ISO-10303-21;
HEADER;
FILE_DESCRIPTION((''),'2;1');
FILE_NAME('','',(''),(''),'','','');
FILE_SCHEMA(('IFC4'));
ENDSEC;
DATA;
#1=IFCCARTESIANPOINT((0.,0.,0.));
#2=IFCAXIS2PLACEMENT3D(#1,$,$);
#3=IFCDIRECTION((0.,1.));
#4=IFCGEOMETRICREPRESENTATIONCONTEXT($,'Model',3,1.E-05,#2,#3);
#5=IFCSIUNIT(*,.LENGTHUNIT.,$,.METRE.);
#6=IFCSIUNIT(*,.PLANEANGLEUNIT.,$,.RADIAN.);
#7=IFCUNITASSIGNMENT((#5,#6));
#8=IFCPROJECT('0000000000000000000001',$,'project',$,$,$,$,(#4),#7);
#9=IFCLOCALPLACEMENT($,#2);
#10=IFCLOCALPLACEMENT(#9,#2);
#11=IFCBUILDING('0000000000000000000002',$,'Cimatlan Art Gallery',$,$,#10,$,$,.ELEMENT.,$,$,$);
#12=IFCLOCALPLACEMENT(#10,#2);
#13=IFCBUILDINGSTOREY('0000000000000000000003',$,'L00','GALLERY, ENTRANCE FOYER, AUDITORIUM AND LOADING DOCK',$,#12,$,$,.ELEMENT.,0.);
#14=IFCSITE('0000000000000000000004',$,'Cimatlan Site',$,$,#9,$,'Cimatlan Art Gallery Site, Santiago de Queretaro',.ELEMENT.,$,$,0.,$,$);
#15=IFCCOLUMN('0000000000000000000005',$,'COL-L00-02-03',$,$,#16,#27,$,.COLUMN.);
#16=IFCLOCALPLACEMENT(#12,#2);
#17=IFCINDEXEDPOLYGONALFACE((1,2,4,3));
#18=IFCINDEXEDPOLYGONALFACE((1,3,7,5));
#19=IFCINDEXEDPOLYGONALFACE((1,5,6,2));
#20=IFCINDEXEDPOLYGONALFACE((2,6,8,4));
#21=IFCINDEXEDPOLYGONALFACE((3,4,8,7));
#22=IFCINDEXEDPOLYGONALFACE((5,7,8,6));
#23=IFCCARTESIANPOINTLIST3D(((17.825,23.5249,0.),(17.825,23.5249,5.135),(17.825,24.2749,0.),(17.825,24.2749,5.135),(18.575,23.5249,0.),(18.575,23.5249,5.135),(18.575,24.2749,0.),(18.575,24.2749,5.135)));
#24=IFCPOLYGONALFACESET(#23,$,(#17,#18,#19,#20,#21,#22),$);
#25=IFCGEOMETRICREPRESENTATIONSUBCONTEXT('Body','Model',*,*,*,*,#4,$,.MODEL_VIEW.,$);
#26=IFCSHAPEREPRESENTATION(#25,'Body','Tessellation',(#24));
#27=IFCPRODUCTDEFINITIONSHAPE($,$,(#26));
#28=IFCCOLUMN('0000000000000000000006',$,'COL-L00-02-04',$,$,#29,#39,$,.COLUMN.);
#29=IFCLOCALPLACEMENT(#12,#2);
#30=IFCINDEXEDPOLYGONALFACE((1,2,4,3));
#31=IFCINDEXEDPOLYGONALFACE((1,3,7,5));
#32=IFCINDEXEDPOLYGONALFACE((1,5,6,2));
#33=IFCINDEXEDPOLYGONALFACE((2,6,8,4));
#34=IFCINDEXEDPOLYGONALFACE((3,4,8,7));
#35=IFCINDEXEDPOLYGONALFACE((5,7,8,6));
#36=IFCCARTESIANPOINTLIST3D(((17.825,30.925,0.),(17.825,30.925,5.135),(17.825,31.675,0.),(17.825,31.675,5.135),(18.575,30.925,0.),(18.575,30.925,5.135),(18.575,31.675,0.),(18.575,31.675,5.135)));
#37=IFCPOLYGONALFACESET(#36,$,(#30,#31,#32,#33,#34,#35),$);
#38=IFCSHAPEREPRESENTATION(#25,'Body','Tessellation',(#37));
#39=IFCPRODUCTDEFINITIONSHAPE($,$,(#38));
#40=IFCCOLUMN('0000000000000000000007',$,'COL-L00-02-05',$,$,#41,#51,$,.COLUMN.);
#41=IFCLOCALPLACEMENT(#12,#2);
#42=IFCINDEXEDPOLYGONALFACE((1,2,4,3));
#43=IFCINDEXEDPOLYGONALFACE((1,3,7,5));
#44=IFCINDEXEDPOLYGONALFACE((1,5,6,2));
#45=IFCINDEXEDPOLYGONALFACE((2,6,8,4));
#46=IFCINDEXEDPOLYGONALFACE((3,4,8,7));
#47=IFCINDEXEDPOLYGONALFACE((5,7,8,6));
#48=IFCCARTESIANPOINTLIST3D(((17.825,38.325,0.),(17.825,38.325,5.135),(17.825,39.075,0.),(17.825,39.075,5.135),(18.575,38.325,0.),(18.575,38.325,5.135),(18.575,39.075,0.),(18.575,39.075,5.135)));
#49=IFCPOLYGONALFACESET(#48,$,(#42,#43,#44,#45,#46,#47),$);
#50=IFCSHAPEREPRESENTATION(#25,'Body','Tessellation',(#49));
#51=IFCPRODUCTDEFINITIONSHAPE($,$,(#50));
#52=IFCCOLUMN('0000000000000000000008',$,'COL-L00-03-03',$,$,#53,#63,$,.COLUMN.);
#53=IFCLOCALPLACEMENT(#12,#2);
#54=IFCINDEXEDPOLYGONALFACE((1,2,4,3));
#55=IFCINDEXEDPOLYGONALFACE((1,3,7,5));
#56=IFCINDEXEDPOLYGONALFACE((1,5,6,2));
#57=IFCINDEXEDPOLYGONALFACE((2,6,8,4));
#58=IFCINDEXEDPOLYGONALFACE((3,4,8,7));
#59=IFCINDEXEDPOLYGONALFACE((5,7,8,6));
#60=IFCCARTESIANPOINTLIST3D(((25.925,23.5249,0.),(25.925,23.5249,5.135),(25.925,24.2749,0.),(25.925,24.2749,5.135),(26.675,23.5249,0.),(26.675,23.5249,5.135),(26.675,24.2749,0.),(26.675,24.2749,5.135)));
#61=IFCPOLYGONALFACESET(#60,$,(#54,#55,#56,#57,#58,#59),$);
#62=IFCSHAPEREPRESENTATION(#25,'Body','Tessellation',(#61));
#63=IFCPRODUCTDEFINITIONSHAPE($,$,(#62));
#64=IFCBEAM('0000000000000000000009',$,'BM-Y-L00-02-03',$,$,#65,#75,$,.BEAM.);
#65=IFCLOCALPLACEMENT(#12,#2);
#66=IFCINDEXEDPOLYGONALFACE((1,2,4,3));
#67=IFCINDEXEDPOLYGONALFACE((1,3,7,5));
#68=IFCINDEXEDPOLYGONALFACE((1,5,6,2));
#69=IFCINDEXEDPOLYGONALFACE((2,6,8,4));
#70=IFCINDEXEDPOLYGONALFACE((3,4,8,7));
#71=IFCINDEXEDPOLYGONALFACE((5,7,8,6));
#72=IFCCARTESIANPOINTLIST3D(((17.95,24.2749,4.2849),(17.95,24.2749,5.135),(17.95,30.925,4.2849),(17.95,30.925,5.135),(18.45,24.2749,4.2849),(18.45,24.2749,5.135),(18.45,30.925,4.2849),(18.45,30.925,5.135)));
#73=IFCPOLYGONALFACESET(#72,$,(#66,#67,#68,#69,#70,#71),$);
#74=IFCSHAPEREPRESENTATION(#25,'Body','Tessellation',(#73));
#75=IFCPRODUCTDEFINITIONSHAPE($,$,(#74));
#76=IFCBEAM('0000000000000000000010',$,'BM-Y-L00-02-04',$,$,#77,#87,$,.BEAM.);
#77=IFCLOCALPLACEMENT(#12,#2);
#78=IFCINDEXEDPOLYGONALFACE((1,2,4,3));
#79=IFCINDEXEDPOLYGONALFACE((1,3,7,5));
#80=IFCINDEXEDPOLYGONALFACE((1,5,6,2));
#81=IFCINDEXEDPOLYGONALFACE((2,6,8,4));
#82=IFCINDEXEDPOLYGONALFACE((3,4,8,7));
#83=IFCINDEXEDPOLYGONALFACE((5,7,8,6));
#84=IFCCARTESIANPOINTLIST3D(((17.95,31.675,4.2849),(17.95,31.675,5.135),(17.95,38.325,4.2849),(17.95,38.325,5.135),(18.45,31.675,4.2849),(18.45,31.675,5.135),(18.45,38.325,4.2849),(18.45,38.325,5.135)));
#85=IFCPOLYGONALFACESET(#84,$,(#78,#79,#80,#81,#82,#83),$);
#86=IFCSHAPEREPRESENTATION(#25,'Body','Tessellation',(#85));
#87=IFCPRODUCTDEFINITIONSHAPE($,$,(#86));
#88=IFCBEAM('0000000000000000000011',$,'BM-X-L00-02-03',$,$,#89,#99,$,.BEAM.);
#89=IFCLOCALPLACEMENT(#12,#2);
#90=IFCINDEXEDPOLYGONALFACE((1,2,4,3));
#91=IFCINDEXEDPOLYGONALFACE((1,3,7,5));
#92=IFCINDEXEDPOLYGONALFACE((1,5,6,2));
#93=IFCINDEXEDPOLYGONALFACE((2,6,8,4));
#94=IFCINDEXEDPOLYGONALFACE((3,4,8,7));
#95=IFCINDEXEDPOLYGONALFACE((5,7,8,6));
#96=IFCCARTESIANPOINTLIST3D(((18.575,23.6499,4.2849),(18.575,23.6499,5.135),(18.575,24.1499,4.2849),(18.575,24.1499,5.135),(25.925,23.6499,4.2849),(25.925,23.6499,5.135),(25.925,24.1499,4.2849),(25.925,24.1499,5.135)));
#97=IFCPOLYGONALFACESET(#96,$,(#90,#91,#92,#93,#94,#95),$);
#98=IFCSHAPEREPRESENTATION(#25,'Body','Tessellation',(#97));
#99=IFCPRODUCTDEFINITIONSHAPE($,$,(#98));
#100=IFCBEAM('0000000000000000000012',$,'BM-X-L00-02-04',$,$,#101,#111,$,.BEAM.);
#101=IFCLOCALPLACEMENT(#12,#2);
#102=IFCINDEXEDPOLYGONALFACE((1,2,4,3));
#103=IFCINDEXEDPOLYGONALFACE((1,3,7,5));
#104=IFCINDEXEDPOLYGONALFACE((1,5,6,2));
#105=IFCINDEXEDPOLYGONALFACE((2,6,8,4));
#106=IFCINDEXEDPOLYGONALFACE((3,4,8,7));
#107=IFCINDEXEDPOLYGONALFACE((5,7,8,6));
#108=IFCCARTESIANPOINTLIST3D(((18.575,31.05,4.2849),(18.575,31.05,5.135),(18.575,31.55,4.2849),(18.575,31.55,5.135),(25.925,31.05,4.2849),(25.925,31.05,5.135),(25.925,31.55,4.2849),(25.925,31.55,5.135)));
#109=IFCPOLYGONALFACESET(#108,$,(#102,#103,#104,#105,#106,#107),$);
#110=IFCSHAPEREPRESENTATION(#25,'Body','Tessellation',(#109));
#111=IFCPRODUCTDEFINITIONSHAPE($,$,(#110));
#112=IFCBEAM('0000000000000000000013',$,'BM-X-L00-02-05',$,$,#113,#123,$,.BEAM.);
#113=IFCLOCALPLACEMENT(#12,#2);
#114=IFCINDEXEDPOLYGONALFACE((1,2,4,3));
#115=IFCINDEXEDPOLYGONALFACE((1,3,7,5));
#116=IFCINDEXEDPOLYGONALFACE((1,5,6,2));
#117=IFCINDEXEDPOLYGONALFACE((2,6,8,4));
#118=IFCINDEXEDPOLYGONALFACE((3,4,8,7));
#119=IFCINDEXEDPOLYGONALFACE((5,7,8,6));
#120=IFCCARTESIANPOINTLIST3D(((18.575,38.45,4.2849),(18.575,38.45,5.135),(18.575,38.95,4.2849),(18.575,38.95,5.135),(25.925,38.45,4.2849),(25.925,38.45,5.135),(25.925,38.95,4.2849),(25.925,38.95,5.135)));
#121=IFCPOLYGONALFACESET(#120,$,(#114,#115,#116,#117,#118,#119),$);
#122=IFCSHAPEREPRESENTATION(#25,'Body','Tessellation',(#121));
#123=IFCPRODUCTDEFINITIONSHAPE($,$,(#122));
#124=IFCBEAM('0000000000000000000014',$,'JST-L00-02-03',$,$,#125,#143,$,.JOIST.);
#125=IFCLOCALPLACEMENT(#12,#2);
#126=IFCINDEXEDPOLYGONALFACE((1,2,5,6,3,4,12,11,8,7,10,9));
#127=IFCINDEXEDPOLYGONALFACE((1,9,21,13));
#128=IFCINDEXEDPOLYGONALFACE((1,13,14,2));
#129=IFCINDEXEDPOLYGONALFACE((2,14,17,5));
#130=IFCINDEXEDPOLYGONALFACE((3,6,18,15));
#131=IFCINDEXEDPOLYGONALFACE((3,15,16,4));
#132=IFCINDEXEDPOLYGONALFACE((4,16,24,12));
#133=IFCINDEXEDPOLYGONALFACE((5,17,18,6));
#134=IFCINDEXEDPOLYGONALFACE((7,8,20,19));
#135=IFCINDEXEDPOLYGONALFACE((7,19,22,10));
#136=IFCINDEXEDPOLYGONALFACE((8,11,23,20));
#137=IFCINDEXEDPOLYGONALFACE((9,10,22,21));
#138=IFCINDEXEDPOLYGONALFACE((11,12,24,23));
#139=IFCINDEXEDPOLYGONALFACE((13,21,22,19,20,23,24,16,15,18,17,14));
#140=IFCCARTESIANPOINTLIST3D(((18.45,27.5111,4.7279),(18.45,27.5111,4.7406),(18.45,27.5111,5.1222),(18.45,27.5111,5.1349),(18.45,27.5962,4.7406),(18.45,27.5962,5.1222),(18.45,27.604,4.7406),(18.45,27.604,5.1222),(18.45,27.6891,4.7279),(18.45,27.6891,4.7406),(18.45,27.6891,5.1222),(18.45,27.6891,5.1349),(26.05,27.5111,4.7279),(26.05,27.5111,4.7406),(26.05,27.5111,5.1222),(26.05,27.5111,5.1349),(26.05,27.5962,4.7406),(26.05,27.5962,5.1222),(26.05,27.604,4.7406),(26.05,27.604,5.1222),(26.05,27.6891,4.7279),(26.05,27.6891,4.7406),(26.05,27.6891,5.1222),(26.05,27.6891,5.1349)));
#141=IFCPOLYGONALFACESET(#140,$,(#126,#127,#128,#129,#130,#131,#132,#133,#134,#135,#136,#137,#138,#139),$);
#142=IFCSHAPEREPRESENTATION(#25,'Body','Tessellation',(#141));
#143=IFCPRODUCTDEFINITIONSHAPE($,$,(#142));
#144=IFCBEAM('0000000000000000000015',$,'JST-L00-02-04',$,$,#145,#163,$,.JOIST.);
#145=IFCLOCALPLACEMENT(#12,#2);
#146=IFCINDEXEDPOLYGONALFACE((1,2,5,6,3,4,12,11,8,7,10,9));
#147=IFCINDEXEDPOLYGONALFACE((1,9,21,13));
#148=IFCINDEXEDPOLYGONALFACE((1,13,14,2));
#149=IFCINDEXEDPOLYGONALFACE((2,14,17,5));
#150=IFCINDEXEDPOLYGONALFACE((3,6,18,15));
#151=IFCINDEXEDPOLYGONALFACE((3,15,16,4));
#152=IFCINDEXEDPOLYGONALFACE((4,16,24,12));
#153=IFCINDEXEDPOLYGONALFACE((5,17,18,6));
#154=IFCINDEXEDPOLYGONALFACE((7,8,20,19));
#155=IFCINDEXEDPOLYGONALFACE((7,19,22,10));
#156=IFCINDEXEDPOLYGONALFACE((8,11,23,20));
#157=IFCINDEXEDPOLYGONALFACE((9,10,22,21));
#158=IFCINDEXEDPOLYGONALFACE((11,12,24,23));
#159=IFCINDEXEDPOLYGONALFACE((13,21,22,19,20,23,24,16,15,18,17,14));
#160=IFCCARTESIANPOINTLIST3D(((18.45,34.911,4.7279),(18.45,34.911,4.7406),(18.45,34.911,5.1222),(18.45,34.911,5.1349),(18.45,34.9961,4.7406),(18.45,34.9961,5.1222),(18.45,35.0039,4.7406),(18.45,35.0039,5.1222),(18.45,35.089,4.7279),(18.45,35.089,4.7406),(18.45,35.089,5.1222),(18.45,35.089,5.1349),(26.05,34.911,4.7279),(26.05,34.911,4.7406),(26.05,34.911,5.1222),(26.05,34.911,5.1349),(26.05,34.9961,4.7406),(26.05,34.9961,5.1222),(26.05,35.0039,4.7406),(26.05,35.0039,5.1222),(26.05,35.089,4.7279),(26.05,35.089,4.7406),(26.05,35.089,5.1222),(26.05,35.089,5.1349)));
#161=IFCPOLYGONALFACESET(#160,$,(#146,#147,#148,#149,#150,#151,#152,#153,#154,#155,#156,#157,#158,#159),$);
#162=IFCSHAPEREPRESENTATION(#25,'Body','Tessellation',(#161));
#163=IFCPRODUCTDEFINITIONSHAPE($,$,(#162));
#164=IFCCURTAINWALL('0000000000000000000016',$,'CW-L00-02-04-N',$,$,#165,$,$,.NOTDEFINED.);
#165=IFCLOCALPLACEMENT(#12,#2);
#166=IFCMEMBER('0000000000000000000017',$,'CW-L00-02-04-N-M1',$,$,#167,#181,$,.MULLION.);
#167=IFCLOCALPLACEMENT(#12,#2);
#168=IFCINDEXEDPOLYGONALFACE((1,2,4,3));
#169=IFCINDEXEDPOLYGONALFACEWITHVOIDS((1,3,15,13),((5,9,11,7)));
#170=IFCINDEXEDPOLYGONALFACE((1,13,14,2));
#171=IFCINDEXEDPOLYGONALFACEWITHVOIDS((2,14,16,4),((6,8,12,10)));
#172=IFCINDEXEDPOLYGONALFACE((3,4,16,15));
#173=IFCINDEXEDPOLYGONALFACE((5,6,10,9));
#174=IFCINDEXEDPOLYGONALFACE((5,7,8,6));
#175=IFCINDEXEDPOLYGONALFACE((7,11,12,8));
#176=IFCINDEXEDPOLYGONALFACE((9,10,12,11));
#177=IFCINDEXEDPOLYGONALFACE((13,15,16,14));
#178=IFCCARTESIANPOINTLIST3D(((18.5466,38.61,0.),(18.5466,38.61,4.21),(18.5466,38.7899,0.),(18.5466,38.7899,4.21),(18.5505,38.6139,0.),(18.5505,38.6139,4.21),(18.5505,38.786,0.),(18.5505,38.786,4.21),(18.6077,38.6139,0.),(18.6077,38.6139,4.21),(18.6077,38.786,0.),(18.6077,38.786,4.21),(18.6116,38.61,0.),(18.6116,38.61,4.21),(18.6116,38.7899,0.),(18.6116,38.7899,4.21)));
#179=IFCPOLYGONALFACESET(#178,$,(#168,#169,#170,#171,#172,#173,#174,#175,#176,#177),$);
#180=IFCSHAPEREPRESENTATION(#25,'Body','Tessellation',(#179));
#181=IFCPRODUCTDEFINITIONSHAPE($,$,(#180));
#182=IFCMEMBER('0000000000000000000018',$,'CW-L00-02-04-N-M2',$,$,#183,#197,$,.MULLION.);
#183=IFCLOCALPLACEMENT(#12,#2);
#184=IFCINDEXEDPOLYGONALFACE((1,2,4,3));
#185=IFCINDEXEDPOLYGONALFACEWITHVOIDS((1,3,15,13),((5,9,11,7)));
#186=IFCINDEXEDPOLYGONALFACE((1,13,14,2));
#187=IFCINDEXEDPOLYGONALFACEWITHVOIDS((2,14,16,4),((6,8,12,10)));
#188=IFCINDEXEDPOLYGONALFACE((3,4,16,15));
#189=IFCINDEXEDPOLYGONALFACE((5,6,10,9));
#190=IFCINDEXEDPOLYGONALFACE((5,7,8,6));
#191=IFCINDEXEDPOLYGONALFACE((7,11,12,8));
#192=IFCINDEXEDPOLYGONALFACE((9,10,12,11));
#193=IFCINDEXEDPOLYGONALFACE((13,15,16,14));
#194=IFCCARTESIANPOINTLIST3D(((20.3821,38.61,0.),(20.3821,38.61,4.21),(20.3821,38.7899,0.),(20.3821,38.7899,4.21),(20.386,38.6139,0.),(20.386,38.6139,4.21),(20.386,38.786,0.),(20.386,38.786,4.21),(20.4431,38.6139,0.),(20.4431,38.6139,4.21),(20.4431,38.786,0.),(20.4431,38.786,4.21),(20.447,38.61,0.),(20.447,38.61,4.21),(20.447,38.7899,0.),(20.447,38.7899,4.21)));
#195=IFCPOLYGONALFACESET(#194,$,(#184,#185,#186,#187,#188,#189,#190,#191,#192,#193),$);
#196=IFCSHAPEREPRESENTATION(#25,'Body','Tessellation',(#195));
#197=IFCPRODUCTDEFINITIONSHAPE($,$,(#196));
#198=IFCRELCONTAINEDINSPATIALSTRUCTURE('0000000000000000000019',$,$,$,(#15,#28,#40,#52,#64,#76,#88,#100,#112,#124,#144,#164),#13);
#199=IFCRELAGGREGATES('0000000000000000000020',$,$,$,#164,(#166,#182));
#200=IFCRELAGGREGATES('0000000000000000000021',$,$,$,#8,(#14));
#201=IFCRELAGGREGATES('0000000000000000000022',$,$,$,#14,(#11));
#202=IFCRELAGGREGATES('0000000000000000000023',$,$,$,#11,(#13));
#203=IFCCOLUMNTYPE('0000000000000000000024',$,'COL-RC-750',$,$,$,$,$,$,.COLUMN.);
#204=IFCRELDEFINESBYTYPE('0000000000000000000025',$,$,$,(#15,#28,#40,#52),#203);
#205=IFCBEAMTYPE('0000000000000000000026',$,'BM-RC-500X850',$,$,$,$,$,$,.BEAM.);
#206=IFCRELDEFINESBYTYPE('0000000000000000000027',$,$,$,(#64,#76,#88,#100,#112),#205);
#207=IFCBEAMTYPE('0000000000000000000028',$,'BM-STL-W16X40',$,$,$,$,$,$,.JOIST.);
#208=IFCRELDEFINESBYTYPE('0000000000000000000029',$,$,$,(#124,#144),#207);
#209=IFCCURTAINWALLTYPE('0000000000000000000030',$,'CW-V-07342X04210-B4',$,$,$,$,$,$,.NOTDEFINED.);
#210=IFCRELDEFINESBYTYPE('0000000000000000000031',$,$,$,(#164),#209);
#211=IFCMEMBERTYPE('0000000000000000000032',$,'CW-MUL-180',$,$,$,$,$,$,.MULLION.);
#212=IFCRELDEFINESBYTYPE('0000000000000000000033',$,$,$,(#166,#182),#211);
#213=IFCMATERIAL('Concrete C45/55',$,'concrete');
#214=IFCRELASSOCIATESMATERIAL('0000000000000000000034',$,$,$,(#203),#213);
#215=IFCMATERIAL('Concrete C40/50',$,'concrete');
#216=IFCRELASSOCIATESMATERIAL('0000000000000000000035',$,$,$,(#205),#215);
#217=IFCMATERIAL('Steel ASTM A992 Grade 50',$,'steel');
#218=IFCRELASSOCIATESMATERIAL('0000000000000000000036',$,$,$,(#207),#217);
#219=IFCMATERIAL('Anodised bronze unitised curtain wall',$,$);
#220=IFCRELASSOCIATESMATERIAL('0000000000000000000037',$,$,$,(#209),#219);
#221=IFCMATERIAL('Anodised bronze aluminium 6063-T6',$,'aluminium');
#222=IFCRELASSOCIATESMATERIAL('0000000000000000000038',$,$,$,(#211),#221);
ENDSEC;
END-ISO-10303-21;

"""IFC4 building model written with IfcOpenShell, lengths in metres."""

from ifc_helpers import new_model, si_unit, direction, frame, origin, origin_2d, place, context, subcontext, project, spatial, rectangle, hollow_rectangle, i_section, extrude, material, material_profile, profile_set, type_object, element, aggregate, save


model = new_model("IFC4")

# Units and contexts
model_context = context("Model", 3, precision=1e-05, world=origin(), true_north=direction((0.0, 1.0)))
body_context = subcontext(model_context, "Body", "Model", "MODEL_VIEW")
ifc_project = project(units=[si_unit("LENGTHUNIT", "METRE"), si_unit("PLANEANGLEUNIT", "RADIAN")], contexts=[model_context])

# Site, building, storey
site_placement = place(None, origin())
site = spatial("IfcSite", under=ifc_project, at=site_placement, Name="Cimatlan Site", LongName="Cimatlan Art Gallery Site, Santiago de Queretaro", CompositionType="ELEMENT", RefElevation=0.0)
building_placement = place(site_placement, origin())
building = spatial("IfcBuilding", under=site, at=building_placement, Name="Cimatlan Art Gallery", CompositionType="ELEMENT")
storey_placement = place(building_placement, origin())
storey = spatial("IfcBuildingStorey", under=building, at=storey_placement, Name="L00", Description="GALLERY, ENTRANCE FOYER, AUDITORIUM AND LOADING DOCK", CompositionType="ELEMENT", Elevation=0.0)

# Columns
ifc_material_1 = material(Name="Concrete C45/55", Category="concrete")
ifc_material_profile_1 = material_profile(ifc_material_1, rectangle(XDim=0.75, YDim=0.75, at=origin_2d()), Name="RC750X750")
ifc_profile_set_1 = profile_set([ifc_material_profile_1], Name="Concrete C45/55")
column_type = type_object("IfcColumnType", Name="COL-RC-750", PredefinedType="COLUMN", material=ifc_profile_set_1)
for number, where, z_axis, x_axis, name in (
    (1, (18.2, 23.8999, 0.0), (0.0, 0.0, 1.0), (1.0, 0.0, 0.0), "COL-L00-02-03"),
    (2, (18.2, 31.3, 0.0), (0.0, 0.0, 1.0), (1.0, 0.0, 0.0), "COL-L00-02-04"),
    (3, (18.2, 38.7, 0.0), (0.0, 0.0, 1.0), (1.0, 0.0, 0.0), "COL-L00-02-05"),
    (4, (26.3, 23.8999, 0.0), (0.0, 0.0, 1.0), (1.0, 0.0, 0.0), "COL-L00-03-03"),
):
    element("IfcColumn", number, at=place(storey_placement, frame(where, z_axis=z_axis, x_axis=x_axis)), inside=storey, type_object=column_type, Name=name, PredefinedType="COLUMN", context=body_context, shape_type="SweptSolid", body=[
        extrude(rectangle(XDim=0.75, YDim=0.75, at=origin_2d()), origin(), (0.0, 0.0, 1.0), 5.135),
    ])

# Beams
ifc_material_2 = material(Name="Concrete C40/50", Category="concrete")
ifc_material_profile_2 = material_profile(ifc_material_2, rectangle(XDim=0.5, YDim=0.8501, at=origin_2d()), Name="RC500X850")
ifc_profile_set_2 = profile_set([ifc_material_profile_2], Name="Concrete C40/50")
beam_type_1 = type_object("IfcBeamType", Name="BM-RC-500X850", PredefinedType="BEAM", material=ifc_profile_set_2)
beam_1_placement = place(storey_placement, frame((18.2, 24.2749, 4.71), z_axis=(0.0, 1.0, 0.0), x_axis=(-1.0, 0.0, 0.0)))
element("IfcBeam", 5, at=beam_1_placement, inside=storey, type_object=beam_type_1, Name="BM-Y-L00-02-03", PredefinedType="BEAM", context=body_context, shape_type="SweptSolid", body=[
    extrude(rectangle(XDim=0.5, YDim=0.8501, at=origin_2d()), origin(), (0.0, 0.0, 1.0), 6.6501),
])
beam_2_placement = place(storey_placement, frame((18.2, 31.675, 4.71), z_axis=(0.0, 1.0, 0.0), x_axis=(-1.0, 0.0, 0.0)))
element("IfcBeam", 6, at=beam_2_placement, inside=storey, type_object=beam_type_1, Name="BM-Y-L00-02-04", PredefinedType="BEAM", context=body_context, shape_type="SweptSolid", body=[
    extrude(rectangle(XDim=0.5, YDim=0.8501, at=origin_2d()), origin(), (0.0, 0.0, 1.0), 6.6499),
])
for number, where, z_axis, x_axis, name in (
    (7, (18.575, 23.8999, 4.71), (1.0, 0.0, 0.0), (0.0, 1.0, 0.0), "BM-X-L00-02-03"),
    (8, (18.575, 31.3, 4.71), (1.0, 0.0, 0.0), (0.0, 1.0, 0.0), "BM-X-L00-02-04"),
    (9, (18.575, 38.7, 4.71), (1.0, 0.0, 0.0), (0.0, 1.0, 0.0), "BM-X-L00-02-05"),
):
    element("IfcBeam", number, at=place(storey_placement, frame(where, z_axis=z_axis, x_axis=x_axis)), inside=storey, type_object=beam_type_1, Name=name, PredefinedType="BEAM", context=body_context, shape_type="SweptSolid", body=[
        extrude(rectangle(XDim=0.5, YDim=0.8501, at=origin_2d()), origin(), (0.0, 0.0, 1.0), 7.3501),
    ])
ifc_material_3 = material(Name="Steel ASTM A992 Grade 50", Category="steel")
ifc_material_profile_3 = material_profile(ifc_material_3, i_section(OverallWidth=0.178, OverallDepth=0.407, WebThickness=0.0078, FlangeThickness=0.0127, at=origin_2d()), Name="W16X40")
ifc_profile_set_3 = profile_set([ifc_material_profile_3], Name="Steel ASTM A992 Grade 50")
beam_type_2 = type_object("IfcBeamType", Name="BM-STL-W16X40", PredefinedType="JOIST", material=ifc_profile_set_3)
for number, where, z_axis, x_axis, name in (
    (10, (18.45, 27.6001, 4.9314), (1.0, 0.0, 0.0), (0.0, 1.0, 0.0), "JST-L00-02-03"),
    (11, (18.45, 35.0, 4.9314), (1.0, 0.0, 0.0), (0.0, 1.0, 0.0), "JST-L00-02-04"),
):
    element("IfcBeam", number, at=place(storey_placement, frame(where, z_axis=z_axis, x_axis=x_axis)), inside=storey, type_object=beam_type_2, Name=name, PredefinedType="JOIST", context=body_context, shape_type="SweptSolid", body=[
        extrude(i_section(OverallWidth=0.178, OverallDepth=0.407, WebThickness=0.0078, FlangeThickness=0.0127, at=origin_2d()), origin(), (0.0, 0.0, 1.0), 7.6001),
    ])

# Curtain wall, members
ifc_material_4 = material(Name="Anodised bronze unitised curtain wall")
curtain_wall_type = type_object("IfcCurtainWallType", Name="CW-V-07342X04210-B4", PredefinedType="NOTDEFINED", material=ifc_material_4)
curtain_wall_placement = place(storey_placement, origin())
curtain_wall = element("IfcCurtainWall", 12, at=curtain_wall_placement, inside=storey, type_object=curtain_wall_type, Name="CW-L00-02-04-N", PredefinedType="NOTDEFINED")
ifc_material_5 = material(Name="Anodised bronze aluminium 6063-T6", Category="aluminium")
ifc_material_profile_4 = material_profile(ifc_material_5, hollow_rectangle(XDim=0.0649, YDim=0.1799, WallThickness=0.0039, at=origin_2d()), Name="ALU65X180X4")
ifc_profile_set_4 = profile_set([ifc_material_profile_4], Name="Anodised bronze aluminium 6063-T6")
member_type_1 = type_object("IfcMemberType", Name="CW-MUL-180", PredefinedType="MULLION", material=ifc_profile_set_4)
member_1_placement = place(storey_placement, frame((18.5791, 38.7, 0.0), z_axis=(0.0, 0.0, 1.0), x_axis=(1.0, 0.0, 0.0)))
member_1 = element("IfcMember", 13, at=member_1_placement, type_object=member_type_1, Name="CW-L00-02-04-N-M1", PredefinedType="MULLION", context=body_context, shape_type="SweptSolid", body=[
    extrude(hollow_rectangle(XDim=0.0649, YDim=0.1799, WallThickness=0.0039, at=origin_2d()), origin(), (0.0, 0.0, 1.0), 4.21),
])
member_2_placement = place(storey_placement, frame((20.4146, 38.7, 0.0), z_axis=(0.0, 0.0, 1.0), x_axis=(1.0, 0.0, 0.0)))
member_2 = element("IfcMember", 14, at=member_2_placement, type_object=member_type_1, Name="CW-L00-02-04-N-M2", PredefinedType="MULLION", context=body_context, shape_type="SweptSolid", body=[
    extrude(hollow_rectangle(XDim=0.0649, YDim=0.1799, WallThickness=0.0039, at=origin_2d()), origin(), (0.0, 0.0, 1.0), 4.21),
])
aggregate(curtain_wall, [member_1, member_2])

save(model, "model.ifc")
